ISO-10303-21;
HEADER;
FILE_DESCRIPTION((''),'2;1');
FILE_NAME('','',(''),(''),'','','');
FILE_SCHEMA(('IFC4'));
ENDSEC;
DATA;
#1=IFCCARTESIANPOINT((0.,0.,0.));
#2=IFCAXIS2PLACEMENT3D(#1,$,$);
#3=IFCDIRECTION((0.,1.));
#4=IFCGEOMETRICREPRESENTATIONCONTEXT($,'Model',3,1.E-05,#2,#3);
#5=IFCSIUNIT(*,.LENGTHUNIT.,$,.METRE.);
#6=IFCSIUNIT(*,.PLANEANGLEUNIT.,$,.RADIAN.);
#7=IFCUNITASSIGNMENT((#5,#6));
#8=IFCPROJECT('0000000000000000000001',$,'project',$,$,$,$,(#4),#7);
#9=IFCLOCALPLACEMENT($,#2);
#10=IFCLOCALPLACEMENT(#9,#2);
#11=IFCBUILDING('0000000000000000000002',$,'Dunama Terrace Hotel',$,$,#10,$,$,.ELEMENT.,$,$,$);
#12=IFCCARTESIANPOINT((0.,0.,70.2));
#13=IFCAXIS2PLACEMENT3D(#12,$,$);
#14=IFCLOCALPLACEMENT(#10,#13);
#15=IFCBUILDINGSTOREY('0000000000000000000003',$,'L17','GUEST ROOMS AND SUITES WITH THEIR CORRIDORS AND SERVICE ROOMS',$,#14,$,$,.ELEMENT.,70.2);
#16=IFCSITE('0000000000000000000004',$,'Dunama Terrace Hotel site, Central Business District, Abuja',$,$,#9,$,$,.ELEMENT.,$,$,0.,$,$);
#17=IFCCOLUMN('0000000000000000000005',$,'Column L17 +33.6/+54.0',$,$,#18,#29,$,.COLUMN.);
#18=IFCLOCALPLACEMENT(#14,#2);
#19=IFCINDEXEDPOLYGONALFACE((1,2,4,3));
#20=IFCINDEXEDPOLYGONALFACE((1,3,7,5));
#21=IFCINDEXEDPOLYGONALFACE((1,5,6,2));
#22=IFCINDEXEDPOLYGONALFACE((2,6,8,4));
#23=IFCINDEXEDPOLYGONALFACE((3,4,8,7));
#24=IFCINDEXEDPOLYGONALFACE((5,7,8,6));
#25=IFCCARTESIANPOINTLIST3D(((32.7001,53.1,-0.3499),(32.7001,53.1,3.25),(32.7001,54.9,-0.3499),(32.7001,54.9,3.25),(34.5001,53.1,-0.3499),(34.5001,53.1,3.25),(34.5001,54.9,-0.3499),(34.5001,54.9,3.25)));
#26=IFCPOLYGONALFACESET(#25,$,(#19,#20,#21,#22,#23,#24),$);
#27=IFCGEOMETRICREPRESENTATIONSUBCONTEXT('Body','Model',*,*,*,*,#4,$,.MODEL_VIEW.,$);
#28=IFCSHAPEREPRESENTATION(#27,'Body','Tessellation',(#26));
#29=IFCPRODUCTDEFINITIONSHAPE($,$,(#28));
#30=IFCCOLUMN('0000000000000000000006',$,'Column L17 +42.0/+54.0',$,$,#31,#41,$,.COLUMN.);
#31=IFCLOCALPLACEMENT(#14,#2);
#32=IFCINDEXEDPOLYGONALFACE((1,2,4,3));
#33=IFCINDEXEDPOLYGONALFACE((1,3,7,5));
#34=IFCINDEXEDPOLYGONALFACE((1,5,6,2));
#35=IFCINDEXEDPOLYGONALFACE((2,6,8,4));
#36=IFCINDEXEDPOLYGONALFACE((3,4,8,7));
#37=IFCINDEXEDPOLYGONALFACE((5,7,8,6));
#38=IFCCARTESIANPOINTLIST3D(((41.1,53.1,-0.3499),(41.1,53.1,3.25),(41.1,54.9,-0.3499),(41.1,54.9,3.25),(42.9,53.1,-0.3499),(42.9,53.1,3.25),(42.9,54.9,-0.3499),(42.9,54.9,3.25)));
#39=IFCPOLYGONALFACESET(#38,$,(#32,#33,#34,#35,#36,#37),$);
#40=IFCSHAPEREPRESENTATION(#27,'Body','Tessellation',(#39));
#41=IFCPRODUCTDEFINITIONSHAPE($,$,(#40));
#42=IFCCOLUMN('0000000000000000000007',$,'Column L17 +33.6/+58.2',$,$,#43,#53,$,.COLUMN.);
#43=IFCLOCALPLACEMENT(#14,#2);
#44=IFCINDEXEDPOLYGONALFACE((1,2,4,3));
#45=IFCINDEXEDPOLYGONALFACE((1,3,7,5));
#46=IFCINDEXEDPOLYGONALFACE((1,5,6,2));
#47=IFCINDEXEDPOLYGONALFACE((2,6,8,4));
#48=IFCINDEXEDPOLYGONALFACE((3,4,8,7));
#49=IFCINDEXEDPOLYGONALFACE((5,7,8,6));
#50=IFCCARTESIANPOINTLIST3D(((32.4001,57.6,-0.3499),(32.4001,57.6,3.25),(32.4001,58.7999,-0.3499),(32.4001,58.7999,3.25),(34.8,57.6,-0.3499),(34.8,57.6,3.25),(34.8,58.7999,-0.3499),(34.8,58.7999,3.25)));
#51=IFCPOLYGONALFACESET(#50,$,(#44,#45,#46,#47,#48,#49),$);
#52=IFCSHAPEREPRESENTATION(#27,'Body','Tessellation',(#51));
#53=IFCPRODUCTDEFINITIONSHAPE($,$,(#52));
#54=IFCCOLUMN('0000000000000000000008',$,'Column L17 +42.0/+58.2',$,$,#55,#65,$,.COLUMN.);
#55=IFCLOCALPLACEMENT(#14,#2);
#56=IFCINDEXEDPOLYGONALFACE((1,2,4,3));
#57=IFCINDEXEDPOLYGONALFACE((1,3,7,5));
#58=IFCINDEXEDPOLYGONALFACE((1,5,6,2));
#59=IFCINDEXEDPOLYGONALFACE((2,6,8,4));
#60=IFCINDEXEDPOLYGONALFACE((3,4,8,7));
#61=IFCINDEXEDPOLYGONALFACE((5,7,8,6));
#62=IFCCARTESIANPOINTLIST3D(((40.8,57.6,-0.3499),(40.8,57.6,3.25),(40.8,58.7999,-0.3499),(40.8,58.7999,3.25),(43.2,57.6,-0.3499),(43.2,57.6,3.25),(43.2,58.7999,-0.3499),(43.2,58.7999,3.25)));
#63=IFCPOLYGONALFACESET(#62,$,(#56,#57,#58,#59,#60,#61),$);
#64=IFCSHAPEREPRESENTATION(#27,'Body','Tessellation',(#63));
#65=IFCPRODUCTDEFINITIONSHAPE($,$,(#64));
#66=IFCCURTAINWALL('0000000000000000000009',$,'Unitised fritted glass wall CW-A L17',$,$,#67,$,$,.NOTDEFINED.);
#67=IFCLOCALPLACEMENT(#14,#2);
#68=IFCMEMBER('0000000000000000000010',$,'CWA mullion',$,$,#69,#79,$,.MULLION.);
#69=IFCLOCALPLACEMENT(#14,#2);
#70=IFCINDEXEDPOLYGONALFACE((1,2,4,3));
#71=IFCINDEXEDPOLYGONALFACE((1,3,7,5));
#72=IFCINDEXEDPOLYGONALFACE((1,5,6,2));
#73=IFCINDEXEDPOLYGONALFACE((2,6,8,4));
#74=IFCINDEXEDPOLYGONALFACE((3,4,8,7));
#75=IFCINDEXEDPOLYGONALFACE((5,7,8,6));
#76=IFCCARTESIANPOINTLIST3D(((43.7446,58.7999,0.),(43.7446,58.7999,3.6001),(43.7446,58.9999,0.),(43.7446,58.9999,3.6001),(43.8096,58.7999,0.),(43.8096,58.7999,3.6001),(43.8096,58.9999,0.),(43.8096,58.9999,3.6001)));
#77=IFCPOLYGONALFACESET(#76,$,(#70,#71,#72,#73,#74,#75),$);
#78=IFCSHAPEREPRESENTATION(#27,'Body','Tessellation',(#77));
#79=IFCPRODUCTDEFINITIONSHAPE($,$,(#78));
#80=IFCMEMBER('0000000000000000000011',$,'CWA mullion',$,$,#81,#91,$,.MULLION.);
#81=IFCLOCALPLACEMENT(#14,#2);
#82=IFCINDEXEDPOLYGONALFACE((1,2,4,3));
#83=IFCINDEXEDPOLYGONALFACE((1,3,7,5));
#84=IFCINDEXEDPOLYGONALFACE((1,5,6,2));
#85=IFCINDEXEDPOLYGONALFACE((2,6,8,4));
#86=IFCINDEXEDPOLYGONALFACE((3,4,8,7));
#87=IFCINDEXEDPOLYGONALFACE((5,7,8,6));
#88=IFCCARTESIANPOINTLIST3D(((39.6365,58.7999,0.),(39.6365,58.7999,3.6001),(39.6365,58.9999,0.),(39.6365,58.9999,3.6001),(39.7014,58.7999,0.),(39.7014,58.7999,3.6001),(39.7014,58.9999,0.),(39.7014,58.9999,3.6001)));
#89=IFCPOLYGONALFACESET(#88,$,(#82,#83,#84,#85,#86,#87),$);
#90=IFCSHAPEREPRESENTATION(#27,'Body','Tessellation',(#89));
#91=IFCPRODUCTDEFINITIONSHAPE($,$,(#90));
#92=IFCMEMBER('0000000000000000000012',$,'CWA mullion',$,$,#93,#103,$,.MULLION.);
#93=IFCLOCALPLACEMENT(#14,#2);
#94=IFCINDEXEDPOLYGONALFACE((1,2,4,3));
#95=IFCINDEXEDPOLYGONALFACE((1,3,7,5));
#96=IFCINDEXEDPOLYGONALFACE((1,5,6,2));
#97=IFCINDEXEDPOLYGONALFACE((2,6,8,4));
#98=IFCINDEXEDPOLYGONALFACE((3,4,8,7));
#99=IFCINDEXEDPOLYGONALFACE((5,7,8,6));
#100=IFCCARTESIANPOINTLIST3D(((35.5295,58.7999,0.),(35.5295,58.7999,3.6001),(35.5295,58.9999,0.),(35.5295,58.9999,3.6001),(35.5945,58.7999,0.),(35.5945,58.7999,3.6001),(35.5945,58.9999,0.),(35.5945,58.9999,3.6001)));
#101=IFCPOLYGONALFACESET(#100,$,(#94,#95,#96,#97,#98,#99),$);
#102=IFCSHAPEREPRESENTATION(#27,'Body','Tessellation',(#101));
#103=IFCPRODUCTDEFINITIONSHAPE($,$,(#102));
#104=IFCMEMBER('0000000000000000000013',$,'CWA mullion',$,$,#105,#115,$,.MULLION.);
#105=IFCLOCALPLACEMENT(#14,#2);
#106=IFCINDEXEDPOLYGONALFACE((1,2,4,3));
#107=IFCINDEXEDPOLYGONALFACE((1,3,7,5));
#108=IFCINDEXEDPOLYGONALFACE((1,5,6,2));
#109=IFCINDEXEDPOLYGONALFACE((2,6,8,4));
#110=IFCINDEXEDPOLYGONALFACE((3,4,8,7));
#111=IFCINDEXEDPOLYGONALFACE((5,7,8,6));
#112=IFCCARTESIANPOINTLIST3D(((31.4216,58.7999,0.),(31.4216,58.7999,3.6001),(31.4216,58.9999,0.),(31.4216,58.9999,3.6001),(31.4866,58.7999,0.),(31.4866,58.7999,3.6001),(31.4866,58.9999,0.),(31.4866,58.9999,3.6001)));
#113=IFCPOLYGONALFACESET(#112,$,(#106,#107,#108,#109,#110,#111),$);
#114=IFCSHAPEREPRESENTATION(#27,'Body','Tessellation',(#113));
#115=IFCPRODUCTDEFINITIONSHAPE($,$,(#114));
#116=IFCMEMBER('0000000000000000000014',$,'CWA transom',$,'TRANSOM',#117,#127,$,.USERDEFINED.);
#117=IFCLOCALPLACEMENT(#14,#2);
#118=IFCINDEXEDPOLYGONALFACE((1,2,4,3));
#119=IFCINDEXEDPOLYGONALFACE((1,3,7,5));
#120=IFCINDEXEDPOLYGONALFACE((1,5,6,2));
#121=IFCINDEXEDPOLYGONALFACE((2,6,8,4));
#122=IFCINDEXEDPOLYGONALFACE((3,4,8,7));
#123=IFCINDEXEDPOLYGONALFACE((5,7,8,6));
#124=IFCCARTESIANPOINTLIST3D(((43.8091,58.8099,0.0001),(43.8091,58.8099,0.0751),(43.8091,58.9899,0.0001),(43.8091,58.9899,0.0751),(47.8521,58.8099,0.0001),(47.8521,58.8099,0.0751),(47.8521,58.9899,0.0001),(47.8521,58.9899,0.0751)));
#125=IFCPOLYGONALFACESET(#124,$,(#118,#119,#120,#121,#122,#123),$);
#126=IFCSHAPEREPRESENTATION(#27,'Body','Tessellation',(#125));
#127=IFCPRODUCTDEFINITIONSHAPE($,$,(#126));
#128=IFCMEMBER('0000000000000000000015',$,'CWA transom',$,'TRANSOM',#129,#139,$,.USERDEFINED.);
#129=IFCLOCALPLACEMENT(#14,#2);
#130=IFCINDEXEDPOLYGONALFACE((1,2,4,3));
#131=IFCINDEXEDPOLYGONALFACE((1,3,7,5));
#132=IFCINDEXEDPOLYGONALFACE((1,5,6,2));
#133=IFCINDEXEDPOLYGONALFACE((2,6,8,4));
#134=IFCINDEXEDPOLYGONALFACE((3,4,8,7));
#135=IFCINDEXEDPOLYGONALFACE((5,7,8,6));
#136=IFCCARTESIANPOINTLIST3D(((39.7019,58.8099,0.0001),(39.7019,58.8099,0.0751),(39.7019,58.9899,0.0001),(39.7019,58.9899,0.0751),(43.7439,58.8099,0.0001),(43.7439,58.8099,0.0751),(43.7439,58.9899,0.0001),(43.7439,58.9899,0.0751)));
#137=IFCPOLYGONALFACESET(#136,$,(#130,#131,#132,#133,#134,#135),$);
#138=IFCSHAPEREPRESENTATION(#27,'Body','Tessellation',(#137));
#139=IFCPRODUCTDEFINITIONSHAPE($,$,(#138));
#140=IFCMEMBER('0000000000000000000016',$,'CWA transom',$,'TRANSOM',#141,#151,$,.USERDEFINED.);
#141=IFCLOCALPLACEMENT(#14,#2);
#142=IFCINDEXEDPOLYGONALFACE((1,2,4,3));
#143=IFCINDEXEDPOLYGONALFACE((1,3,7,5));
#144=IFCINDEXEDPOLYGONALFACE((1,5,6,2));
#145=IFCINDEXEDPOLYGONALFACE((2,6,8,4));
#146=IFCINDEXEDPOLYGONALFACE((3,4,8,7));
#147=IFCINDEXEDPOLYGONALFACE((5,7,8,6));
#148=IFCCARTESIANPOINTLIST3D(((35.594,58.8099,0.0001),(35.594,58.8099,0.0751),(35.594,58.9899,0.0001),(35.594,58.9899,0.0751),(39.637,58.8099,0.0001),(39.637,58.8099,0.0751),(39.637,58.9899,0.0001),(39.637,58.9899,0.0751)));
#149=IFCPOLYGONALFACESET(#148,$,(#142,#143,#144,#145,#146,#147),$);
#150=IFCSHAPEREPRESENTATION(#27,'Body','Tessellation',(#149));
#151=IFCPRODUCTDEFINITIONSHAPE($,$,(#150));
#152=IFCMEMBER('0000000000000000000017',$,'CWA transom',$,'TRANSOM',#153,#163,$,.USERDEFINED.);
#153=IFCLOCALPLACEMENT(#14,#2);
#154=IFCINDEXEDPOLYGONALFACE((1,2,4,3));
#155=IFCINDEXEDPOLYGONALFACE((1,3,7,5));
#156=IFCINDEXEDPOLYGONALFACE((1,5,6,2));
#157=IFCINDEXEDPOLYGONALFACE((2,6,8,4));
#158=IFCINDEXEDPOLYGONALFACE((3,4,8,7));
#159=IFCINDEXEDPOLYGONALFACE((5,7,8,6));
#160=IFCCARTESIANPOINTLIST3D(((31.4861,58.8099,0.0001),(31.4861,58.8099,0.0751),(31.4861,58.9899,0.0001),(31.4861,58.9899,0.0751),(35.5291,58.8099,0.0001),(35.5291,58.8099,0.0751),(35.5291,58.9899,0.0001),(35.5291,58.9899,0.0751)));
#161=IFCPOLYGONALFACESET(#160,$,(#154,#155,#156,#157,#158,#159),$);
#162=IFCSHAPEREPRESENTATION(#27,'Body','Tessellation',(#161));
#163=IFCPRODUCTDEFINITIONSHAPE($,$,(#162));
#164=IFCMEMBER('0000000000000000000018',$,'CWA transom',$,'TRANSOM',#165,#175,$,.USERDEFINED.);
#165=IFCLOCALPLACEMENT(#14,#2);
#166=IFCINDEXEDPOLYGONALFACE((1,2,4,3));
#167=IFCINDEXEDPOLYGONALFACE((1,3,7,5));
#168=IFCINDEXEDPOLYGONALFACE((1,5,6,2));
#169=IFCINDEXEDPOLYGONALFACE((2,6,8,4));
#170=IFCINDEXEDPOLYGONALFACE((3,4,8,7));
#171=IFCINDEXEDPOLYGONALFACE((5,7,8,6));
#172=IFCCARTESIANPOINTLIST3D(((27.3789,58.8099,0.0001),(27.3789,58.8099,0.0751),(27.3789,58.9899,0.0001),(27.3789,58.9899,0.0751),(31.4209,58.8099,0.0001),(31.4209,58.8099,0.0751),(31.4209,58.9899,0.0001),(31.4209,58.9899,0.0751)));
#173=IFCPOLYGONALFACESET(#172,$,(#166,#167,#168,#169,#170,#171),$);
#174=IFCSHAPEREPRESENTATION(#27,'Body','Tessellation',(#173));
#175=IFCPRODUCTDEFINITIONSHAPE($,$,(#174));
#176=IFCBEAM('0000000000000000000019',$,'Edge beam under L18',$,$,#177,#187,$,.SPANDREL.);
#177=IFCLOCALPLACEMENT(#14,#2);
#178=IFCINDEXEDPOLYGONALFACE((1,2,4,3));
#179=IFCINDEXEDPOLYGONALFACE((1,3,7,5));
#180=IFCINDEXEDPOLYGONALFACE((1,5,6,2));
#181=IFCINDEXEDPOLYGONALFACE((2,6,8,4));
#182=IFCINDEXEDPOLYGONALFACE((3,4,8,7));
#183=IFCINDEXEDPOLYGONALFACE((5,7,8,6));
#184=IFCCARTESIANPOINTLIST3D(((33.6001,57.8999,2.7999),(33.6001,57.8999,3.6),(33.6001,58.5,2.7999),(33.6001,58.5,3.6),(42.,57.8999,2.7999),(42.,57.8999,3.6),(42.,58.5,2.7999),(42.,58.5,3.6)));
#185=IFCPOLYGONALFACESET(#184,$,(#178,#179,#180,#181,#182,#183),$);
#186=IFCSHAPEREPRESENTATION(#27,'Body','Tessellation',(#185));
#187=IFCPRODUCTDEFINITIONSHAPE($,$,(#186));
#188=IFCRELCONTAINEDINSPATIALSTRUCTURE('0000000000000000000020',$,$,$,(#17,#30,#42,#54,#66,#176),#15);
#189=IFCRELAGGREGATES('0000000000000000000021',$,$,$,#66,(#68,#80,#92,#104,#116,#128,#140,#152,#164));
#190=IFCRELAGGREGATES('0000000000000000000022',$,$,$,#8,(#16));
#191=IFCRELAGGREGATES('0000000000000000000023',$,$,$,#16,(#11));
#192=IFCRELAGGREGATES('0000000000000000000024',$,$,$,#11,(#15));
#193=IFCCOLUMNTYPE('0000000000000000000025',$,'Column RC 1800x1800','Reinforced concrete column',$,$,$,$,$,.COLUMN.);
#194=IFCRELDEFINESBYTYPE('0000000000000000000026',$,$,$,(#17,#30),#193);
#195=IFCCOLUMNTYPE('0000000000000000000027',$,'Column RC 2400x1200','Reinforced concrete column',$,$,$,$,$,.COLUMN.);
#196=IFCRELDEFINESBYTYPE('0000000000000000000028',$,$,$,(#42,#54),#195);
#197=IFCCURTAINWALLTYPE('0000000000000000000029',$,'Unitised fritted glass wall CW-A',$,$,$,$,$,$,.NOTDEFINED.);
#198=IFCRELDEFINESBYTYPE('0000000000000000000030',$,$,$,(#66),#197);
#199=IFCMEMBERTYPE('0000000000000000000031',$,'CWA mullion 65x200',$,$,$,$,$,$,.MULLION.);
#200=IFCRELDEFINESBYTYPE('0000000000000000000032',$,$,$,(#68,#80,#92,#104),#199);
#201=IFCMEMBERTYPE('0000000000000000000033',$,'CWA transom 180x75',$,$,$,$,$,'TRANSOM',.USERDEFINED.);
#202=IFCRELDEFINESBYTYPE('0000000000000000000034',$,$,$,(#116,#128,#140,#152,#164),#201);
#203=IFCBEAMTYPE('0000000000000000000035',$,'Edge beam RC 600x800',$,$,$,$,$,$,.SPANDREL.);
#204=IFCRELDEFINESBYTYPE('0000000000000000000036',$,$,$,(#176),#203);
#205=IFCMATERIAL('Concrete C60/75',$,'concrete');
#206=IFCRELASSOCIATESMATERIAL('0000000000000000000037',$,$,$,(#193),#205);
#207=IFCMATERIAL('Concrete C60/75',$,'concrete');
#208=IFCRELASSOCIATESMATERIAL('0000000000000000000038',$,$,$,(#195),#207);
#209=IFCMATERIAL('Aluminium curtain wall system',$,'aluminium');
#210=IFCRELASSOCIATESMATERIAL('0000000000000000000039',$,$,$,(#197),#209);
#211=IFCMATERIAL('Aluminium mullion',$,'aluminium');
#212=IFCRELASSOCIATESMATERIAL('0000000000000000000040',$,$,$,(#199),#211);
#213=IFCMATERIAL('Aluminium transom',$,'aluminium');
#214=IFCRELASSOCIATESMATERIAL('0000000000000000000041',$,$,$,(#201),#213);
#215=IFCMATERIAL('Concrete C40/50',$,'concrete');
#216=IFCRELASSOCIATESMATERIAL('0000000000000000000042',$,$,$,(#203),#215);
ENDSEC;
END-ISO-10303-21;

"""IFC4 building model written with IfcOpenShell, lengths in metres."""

from ifc_helpers import new_model, si_unit, direction, frame, origin, origin_2d, place, context, subcontext, project, spatial, rectangle, extrude, material, material_profile, profile_set, type_object, element, aggregate, save


model = new_model("IFC4")

# Units and contexts
model_context = context("Model", 3, precision=1e-05, world=origin(), true_north=direction((0.0, 1.0)))
body_context = subcontext(model_context, "Body", "Model", "MODEL_VIEW")
ifc_project = project(units=[si_unit("LENGTHUNIT", "METRE"), si_unit("PLANEANGLEUNIT", "RADIAN")], contexts=[model_context])

# Site, building, storey
site_placement = place(None, origin())
site = spatial("IfcSite", under=ifc_project, at=site_placement, Name="Dunama Terrace Hotel site, Central Business District, Abuja", CompositionType="ELEMENT", RefElevation=0.0)
building_placement = place(site_placement, origin())
building = spatial("IfcBuilding", under=site, at=building_placement, Name="Dunama Terrace Hotel", CompositionType="ELEMENT")
storey_placement = place(building_placement, frame((0.0, 0.0, 70.2)))
storey = spatial("IfcBuildingStorey", under=building, at=storey_placement, Name="L17", Description="GUEST ROOMS AND SUITES WITH THEIR CORRIDORS AND SERVICE ROOMS", CompositionType="ELEMENT", Elevation=70.2)

# Columns
ifc_material_1 = material(Name="Concrete C60/75", Category="concrete")
ifc_material_profile_1 = material_profile(ifc_material_1, rectangle(XDim=1.8, YDim=1.8, at=origin_2d()), Name="RC 1800x1800")
ifc_profile_set_1 = profile_set([ifc_material_profile_1], Name="Concrete C60/75")
column_type_1 = type_object("IfcColumnType", Name="Column RC 1800x1800", Description="Reinforced concrete column", PredefinedType="COLUMN", material=ifc_profile_set_1)
for number, where, z_axis, x_axis, name in (
    (1, (33.6001, 54.0, -0.3499), (0.0, 0.0, 1.0), (1.0, 0.0, 0.0), "Column L17 +33.6/+54.0"),
    (2, (42.0, 54.0, -0.3499), (0.0, 0.0, 1.0), (1.0, 0.0, 0.0), "Column L17 +42.0/+54.0"),
):
    element("IfcColumn", number, at=place(storey_placement, frame(where, z_axis=z_axis, x_axis=x_axis)), inside=storey, type_object=column_type_1, Name=name, PredefinedType="COLUMN", context=body_context, shape_type="SweptSolid", body=[
        extrude(rectangle(XDim=1.8, YDim=1.8, at=origin_2d()), origin(), (0.0, 0.0, 1.0), 3.5999),
    ])
ifc_material_2 = material(Name="Concrete C60/75", Category="concrete")
ifc_material_profile_2 = material_profile(ifc_material_2, rectangle(XDim=2.3999, YDim=1.2, at=origin_2d()), Name="RC 2400x1200")
ifc_profile_set_2 = profile_set([ifc_material_profile_2], Name="Concrete C60/75")
column_type_2 = type_object("IfcColumnType", Name="Column RC 2400x1200", Description="Reinforced concrete column", PredefinedType="COLUMN", material=ifc_profile_set_2)
for number, where, z_axis, x_axis, name in (
    (3, (33.6001, 58.2, -0.3499), (0.0, 0.0, 1.0), (1.0, 0.0, 0.0), "Column L17 +33.6/+58.2"),
    (4, (42.0, 58.2, -0.3499), (0.0, 0.0, 1.0), (1.0, 0.0, 0.0), "Column L17 +42.0/+58.2"),
):
    element("IfcColumn", number, at=place(storey_placement, frame(where, z_axis=z_axis, x_axis=x_axis)), inside=storey, type_object=column_type_2, Name=name, PredefinedType="COLUMN", context=body_context, shape_type="SweptSolid", body=[
        extrude(rectangle(XDim=2.3999, YDim=1.2, at=origin_2d()), origin(), (0.0, 0.0, 1.0), 3.5999),
    ])

# Curtain wall, members
ifc_material_3 = material(Name="Aluminium curtain wall system", Category="aluminium")
curtain_wall_type = type_object("IfcCurtainWallType", Name="Unitised fritted glass wall CW-A", PredefinedType="NOTDEFINED", material=ifc_material_3)
curtain_wall_placement = place(storey_placement, origin())
curtain_wall = element("IfcCurtainWall", 5, at=curtain_wall_placement, inside=storey, type_object=curtain_wall_type, Name="Unitised fritted glass wall CW-A L17", PredefinedType="NOTDEFINED")
ifc_material_4 = material(Name="Aluminium mullion", Category="aluminium")
ifc_material_profile_3 = material_profile(ifc_material_4, rectangle(XDim=0.0649, YDim=0.2, at=origin_2d()), Name="CWA MULLION 65X200")
ifc_profile_set_3 = profile_set([ifc_material_profile_3], Name="Aluminium mullion")
member_type_1 = type_object("IfcMemberType", Name="CWA mullion 65x200", PredefinedType="MULLION", material=ifc_profile_set_3)
member_1_placement = place(storey_placement, frame((43.7771, 58.8999, 0.0), z_axis=(0.0, 0.0, 1.0), x_axis=(-1.0, 0.0, 0.0)))
member_1 = element("IfcMember", 6, at=member_1_placement, type_object=member_type_1, Name="CWA mullion", PredefinedType="MULLION", context=body_context, shape_type="SweptSolid", body=[
    extrude(rectangle(XDim=0.0649, YDim=0.2, at=origin_2d()), origin(), (0.0, 0.0, 1.0), 3.6001),
])
member_2_placement = place(storey_placement, frame((39.6689, 58.8999, 0.0), z_axis=(0.0, 0.0, 1.0), x_axis=(-1.0, 0.0, 0.0)))
member_2 = element("IfcMember", 7, at=member_2_placement, type_object=member_type_1, Name="CWA mullion", PredefinedType="MULLION", context=body_context, shape_type="SweptSolid", body=[
    extrude(rectangle(XDim=0.0649, YDim=0.2, at=origin_2d()), origin(), (0.0, 0.0, 1.0), 3.6001),
])
member_3_placement = place(storey_placement, frame((35.562, 58.8999, 0.0), z_axis=(0.0, 0.0, 1.0), x_axis=(-1.0, 0.0, 0.0)))
member_3 = element("IfcMember", 8, at=member_3_placement, type_object=member_type_1, Name="CWA mullion", PredefinedType="MULLION", context=body_context, shape_type="SweptSolid", body=[
    extrude(rectangle(XDim=0.0649, YDim=0.2, at=origin_2d()), origin(), (0.0, 0.0, 1.0), 3.6001),
])
member_4_placement = place(storey_placement, frame((31.4541, 58.8999, 0.0), z_axis=(0.0, 0.0, 1.0), x_axis=(-1.0, 0.0, 0.0)))
member_4 = element("IfcMember", 9, at=member_4_placement, type_object=member_type_1, Name="CWA mullion", PredefinedType="MULLION", context=body_context, shape_type="SweptSolid", body=[
    extrude(rectangle(XDim=0.0649, YDim=0.2, at=origin_2d()), origin(), (0.0, 0.0, 1.0), 3.6001),
])
ifc_material_5 = material(Name="Aluminium transom", Category="aluminium")
ifc_material_profile_4 = material_profile(ifc_material_5, rectangle(XDim=0.1799, YDim=0.075, at=origin_2d()), Name="CWA TRANSOM 180X75")
ifc_profile_set_4 = profile_set([ifc_material_profile_4], Name="Aluminium transom")
member_type_2 = type_object("IfcMemberType", Name="CWA transom 180x75", ElementType="TRANSOM", PredefinedType="USERDEFINED", material=ifc_profile_set_4)
member_5_placement = place(storey_placement, frame((47.8521, 58.8999, 0.0376), z_axis=(-1.0, 0.0, 0.0), x_axis=(0.0, -1.0, 0.0)))
member_5 = element("IfcMember", 10, at=member_5_placement, type_object=member_type_2, Name="CWA transom", ObjectType="TRANSOM", PredefinedType="USERDEFINED", context=body_context, shape_type="SweptSolid", body=[
    extrude(rectangle(XDim=0.1799, YDim=0.075, at=origin_2d()), origin(), (0.0, 0.0, 1.0), 4.043),
])
member_6_placement = place(storey_placement, frame((43.7439, 58.8999, 0.0376), z_axis=(-1.0, 0.0, 0.0), x_axis=(0.0, -1.0, 0.0)))
member_6 = element("IfcMember", 11, at=member_6_placement, type_object=member_type_2, Name="CWA transom", ObjectType="TRANSOM", PredefinedType="USERDEFINED", context=body_context, shape_type="SweptSolid", body=[
    extrude(rectangle(XDim=0.1799, YDim=0.075, at=origin_2d()), origin(), (0.0, 0.0, 1.0), 4.042),
])
member_7_placement = place(storey_placement, frame((39.637, 58.8999, 0.0376), z_axis=(-1.0, 0.0, 0.0), x_axis=(0.0, -1.0, 0.0)))
member_7 = element("IfcMember", 12, at=member_7_placement, type_object=member_type_2, Name="CWA transom", ObjectType="TRANSOM", PredefinedType="USERDEFINED", context=body_context, shape_type="SweptSolid", body=[
    extrude(rectangle(XDim=0.1799, YDim=0.075, at=origin_2d()), origin(), (0.0, 0.0, 1.0), 4.043),
])
member_8_placement = place(storey_placement, frame((35.5291, 58.8999, 0.0376), z_axis=(-1.0, 0.0, 0.0), x_axis=(0.0, -1.0, 0.0)))
member_8 = element("IfcMember", 13, at=member_8_placement, type_object=member_type_2, Name="CWA transom", ObjectType="TRANSOM", PredefinedType="USERDEFINED", context=body_context, shape_type="SweptSolid", body=[
    extrude(rectangle(XDim=0.1799, YDim=0.075, at=origin_2d()), origin(), (0.0, 0.0, 1.0), 4.043),
])
member_9_placement = place(storey_placement, frame((31.4209, 58.8999, 0.0376), z_axis=(-1.0, 0.0, 0.0), x_axis=(0.0, -1.0, 0.0)))
member_9 = element("IfcMember", 14, at=member_9_placement, type_object=member_type_2, Name="CWA transom", ObjectType="TRANSOM", PredefinedType="USERDEFINED", context=body_context, shape_type="SweptSolid", body=[
    extrude(rectangle(XDim=0.1799, YDim=0.075, at=origin_2d()), origin(), (0.0, 0.0, 1.0), 4.042),
])

# Beam
ifc_material_6 = material(Name="Concrete C40/50", Category="concrete")
ifc_material_profile_5 = material_profile(ifc_material_6, rectangle(XDim=0.6001, YDim=0.8, at=origin_2d()), Name="RC 600x800")
ifc_profile_set_5 = profile_set([ifc_material_profile_5], Name="Concrete C40/50")
beam_type = type_object("IfcBeamType", Name="Edge beam RC 600x800", PredefinedType="SPANDREL", material=ifc_profile_set_5)
for number, where, z_axis, x_axis, name in (
    (15, (33.6001, 58.2, 3.2), (1.0, 0.0, 0.0), (0.0, 1.0, 0.0), "Edge beam under L18"),
):
    element("IfcBeam", number, at=place(storey_placement, frame(where, z_axis=z_axis, x_axis=x_axis)), inside=storey, type_object=beam_type, Name=name, PredefinedType="SPANDREL", context=body_context, shape_type="SweptSolid", body=[
        extrude(rectangle(XDim=0.6001, YDim=0.8, at=origin_2d()), origin(), (0.0, 0.0, 1.0), 8.3999),
    ])

aggregate(curtain_wall, [member_1, member_2, member_3, member_4, member_5, member_6, member_7, member_8, member_9])

save(model, "model.ifc")
